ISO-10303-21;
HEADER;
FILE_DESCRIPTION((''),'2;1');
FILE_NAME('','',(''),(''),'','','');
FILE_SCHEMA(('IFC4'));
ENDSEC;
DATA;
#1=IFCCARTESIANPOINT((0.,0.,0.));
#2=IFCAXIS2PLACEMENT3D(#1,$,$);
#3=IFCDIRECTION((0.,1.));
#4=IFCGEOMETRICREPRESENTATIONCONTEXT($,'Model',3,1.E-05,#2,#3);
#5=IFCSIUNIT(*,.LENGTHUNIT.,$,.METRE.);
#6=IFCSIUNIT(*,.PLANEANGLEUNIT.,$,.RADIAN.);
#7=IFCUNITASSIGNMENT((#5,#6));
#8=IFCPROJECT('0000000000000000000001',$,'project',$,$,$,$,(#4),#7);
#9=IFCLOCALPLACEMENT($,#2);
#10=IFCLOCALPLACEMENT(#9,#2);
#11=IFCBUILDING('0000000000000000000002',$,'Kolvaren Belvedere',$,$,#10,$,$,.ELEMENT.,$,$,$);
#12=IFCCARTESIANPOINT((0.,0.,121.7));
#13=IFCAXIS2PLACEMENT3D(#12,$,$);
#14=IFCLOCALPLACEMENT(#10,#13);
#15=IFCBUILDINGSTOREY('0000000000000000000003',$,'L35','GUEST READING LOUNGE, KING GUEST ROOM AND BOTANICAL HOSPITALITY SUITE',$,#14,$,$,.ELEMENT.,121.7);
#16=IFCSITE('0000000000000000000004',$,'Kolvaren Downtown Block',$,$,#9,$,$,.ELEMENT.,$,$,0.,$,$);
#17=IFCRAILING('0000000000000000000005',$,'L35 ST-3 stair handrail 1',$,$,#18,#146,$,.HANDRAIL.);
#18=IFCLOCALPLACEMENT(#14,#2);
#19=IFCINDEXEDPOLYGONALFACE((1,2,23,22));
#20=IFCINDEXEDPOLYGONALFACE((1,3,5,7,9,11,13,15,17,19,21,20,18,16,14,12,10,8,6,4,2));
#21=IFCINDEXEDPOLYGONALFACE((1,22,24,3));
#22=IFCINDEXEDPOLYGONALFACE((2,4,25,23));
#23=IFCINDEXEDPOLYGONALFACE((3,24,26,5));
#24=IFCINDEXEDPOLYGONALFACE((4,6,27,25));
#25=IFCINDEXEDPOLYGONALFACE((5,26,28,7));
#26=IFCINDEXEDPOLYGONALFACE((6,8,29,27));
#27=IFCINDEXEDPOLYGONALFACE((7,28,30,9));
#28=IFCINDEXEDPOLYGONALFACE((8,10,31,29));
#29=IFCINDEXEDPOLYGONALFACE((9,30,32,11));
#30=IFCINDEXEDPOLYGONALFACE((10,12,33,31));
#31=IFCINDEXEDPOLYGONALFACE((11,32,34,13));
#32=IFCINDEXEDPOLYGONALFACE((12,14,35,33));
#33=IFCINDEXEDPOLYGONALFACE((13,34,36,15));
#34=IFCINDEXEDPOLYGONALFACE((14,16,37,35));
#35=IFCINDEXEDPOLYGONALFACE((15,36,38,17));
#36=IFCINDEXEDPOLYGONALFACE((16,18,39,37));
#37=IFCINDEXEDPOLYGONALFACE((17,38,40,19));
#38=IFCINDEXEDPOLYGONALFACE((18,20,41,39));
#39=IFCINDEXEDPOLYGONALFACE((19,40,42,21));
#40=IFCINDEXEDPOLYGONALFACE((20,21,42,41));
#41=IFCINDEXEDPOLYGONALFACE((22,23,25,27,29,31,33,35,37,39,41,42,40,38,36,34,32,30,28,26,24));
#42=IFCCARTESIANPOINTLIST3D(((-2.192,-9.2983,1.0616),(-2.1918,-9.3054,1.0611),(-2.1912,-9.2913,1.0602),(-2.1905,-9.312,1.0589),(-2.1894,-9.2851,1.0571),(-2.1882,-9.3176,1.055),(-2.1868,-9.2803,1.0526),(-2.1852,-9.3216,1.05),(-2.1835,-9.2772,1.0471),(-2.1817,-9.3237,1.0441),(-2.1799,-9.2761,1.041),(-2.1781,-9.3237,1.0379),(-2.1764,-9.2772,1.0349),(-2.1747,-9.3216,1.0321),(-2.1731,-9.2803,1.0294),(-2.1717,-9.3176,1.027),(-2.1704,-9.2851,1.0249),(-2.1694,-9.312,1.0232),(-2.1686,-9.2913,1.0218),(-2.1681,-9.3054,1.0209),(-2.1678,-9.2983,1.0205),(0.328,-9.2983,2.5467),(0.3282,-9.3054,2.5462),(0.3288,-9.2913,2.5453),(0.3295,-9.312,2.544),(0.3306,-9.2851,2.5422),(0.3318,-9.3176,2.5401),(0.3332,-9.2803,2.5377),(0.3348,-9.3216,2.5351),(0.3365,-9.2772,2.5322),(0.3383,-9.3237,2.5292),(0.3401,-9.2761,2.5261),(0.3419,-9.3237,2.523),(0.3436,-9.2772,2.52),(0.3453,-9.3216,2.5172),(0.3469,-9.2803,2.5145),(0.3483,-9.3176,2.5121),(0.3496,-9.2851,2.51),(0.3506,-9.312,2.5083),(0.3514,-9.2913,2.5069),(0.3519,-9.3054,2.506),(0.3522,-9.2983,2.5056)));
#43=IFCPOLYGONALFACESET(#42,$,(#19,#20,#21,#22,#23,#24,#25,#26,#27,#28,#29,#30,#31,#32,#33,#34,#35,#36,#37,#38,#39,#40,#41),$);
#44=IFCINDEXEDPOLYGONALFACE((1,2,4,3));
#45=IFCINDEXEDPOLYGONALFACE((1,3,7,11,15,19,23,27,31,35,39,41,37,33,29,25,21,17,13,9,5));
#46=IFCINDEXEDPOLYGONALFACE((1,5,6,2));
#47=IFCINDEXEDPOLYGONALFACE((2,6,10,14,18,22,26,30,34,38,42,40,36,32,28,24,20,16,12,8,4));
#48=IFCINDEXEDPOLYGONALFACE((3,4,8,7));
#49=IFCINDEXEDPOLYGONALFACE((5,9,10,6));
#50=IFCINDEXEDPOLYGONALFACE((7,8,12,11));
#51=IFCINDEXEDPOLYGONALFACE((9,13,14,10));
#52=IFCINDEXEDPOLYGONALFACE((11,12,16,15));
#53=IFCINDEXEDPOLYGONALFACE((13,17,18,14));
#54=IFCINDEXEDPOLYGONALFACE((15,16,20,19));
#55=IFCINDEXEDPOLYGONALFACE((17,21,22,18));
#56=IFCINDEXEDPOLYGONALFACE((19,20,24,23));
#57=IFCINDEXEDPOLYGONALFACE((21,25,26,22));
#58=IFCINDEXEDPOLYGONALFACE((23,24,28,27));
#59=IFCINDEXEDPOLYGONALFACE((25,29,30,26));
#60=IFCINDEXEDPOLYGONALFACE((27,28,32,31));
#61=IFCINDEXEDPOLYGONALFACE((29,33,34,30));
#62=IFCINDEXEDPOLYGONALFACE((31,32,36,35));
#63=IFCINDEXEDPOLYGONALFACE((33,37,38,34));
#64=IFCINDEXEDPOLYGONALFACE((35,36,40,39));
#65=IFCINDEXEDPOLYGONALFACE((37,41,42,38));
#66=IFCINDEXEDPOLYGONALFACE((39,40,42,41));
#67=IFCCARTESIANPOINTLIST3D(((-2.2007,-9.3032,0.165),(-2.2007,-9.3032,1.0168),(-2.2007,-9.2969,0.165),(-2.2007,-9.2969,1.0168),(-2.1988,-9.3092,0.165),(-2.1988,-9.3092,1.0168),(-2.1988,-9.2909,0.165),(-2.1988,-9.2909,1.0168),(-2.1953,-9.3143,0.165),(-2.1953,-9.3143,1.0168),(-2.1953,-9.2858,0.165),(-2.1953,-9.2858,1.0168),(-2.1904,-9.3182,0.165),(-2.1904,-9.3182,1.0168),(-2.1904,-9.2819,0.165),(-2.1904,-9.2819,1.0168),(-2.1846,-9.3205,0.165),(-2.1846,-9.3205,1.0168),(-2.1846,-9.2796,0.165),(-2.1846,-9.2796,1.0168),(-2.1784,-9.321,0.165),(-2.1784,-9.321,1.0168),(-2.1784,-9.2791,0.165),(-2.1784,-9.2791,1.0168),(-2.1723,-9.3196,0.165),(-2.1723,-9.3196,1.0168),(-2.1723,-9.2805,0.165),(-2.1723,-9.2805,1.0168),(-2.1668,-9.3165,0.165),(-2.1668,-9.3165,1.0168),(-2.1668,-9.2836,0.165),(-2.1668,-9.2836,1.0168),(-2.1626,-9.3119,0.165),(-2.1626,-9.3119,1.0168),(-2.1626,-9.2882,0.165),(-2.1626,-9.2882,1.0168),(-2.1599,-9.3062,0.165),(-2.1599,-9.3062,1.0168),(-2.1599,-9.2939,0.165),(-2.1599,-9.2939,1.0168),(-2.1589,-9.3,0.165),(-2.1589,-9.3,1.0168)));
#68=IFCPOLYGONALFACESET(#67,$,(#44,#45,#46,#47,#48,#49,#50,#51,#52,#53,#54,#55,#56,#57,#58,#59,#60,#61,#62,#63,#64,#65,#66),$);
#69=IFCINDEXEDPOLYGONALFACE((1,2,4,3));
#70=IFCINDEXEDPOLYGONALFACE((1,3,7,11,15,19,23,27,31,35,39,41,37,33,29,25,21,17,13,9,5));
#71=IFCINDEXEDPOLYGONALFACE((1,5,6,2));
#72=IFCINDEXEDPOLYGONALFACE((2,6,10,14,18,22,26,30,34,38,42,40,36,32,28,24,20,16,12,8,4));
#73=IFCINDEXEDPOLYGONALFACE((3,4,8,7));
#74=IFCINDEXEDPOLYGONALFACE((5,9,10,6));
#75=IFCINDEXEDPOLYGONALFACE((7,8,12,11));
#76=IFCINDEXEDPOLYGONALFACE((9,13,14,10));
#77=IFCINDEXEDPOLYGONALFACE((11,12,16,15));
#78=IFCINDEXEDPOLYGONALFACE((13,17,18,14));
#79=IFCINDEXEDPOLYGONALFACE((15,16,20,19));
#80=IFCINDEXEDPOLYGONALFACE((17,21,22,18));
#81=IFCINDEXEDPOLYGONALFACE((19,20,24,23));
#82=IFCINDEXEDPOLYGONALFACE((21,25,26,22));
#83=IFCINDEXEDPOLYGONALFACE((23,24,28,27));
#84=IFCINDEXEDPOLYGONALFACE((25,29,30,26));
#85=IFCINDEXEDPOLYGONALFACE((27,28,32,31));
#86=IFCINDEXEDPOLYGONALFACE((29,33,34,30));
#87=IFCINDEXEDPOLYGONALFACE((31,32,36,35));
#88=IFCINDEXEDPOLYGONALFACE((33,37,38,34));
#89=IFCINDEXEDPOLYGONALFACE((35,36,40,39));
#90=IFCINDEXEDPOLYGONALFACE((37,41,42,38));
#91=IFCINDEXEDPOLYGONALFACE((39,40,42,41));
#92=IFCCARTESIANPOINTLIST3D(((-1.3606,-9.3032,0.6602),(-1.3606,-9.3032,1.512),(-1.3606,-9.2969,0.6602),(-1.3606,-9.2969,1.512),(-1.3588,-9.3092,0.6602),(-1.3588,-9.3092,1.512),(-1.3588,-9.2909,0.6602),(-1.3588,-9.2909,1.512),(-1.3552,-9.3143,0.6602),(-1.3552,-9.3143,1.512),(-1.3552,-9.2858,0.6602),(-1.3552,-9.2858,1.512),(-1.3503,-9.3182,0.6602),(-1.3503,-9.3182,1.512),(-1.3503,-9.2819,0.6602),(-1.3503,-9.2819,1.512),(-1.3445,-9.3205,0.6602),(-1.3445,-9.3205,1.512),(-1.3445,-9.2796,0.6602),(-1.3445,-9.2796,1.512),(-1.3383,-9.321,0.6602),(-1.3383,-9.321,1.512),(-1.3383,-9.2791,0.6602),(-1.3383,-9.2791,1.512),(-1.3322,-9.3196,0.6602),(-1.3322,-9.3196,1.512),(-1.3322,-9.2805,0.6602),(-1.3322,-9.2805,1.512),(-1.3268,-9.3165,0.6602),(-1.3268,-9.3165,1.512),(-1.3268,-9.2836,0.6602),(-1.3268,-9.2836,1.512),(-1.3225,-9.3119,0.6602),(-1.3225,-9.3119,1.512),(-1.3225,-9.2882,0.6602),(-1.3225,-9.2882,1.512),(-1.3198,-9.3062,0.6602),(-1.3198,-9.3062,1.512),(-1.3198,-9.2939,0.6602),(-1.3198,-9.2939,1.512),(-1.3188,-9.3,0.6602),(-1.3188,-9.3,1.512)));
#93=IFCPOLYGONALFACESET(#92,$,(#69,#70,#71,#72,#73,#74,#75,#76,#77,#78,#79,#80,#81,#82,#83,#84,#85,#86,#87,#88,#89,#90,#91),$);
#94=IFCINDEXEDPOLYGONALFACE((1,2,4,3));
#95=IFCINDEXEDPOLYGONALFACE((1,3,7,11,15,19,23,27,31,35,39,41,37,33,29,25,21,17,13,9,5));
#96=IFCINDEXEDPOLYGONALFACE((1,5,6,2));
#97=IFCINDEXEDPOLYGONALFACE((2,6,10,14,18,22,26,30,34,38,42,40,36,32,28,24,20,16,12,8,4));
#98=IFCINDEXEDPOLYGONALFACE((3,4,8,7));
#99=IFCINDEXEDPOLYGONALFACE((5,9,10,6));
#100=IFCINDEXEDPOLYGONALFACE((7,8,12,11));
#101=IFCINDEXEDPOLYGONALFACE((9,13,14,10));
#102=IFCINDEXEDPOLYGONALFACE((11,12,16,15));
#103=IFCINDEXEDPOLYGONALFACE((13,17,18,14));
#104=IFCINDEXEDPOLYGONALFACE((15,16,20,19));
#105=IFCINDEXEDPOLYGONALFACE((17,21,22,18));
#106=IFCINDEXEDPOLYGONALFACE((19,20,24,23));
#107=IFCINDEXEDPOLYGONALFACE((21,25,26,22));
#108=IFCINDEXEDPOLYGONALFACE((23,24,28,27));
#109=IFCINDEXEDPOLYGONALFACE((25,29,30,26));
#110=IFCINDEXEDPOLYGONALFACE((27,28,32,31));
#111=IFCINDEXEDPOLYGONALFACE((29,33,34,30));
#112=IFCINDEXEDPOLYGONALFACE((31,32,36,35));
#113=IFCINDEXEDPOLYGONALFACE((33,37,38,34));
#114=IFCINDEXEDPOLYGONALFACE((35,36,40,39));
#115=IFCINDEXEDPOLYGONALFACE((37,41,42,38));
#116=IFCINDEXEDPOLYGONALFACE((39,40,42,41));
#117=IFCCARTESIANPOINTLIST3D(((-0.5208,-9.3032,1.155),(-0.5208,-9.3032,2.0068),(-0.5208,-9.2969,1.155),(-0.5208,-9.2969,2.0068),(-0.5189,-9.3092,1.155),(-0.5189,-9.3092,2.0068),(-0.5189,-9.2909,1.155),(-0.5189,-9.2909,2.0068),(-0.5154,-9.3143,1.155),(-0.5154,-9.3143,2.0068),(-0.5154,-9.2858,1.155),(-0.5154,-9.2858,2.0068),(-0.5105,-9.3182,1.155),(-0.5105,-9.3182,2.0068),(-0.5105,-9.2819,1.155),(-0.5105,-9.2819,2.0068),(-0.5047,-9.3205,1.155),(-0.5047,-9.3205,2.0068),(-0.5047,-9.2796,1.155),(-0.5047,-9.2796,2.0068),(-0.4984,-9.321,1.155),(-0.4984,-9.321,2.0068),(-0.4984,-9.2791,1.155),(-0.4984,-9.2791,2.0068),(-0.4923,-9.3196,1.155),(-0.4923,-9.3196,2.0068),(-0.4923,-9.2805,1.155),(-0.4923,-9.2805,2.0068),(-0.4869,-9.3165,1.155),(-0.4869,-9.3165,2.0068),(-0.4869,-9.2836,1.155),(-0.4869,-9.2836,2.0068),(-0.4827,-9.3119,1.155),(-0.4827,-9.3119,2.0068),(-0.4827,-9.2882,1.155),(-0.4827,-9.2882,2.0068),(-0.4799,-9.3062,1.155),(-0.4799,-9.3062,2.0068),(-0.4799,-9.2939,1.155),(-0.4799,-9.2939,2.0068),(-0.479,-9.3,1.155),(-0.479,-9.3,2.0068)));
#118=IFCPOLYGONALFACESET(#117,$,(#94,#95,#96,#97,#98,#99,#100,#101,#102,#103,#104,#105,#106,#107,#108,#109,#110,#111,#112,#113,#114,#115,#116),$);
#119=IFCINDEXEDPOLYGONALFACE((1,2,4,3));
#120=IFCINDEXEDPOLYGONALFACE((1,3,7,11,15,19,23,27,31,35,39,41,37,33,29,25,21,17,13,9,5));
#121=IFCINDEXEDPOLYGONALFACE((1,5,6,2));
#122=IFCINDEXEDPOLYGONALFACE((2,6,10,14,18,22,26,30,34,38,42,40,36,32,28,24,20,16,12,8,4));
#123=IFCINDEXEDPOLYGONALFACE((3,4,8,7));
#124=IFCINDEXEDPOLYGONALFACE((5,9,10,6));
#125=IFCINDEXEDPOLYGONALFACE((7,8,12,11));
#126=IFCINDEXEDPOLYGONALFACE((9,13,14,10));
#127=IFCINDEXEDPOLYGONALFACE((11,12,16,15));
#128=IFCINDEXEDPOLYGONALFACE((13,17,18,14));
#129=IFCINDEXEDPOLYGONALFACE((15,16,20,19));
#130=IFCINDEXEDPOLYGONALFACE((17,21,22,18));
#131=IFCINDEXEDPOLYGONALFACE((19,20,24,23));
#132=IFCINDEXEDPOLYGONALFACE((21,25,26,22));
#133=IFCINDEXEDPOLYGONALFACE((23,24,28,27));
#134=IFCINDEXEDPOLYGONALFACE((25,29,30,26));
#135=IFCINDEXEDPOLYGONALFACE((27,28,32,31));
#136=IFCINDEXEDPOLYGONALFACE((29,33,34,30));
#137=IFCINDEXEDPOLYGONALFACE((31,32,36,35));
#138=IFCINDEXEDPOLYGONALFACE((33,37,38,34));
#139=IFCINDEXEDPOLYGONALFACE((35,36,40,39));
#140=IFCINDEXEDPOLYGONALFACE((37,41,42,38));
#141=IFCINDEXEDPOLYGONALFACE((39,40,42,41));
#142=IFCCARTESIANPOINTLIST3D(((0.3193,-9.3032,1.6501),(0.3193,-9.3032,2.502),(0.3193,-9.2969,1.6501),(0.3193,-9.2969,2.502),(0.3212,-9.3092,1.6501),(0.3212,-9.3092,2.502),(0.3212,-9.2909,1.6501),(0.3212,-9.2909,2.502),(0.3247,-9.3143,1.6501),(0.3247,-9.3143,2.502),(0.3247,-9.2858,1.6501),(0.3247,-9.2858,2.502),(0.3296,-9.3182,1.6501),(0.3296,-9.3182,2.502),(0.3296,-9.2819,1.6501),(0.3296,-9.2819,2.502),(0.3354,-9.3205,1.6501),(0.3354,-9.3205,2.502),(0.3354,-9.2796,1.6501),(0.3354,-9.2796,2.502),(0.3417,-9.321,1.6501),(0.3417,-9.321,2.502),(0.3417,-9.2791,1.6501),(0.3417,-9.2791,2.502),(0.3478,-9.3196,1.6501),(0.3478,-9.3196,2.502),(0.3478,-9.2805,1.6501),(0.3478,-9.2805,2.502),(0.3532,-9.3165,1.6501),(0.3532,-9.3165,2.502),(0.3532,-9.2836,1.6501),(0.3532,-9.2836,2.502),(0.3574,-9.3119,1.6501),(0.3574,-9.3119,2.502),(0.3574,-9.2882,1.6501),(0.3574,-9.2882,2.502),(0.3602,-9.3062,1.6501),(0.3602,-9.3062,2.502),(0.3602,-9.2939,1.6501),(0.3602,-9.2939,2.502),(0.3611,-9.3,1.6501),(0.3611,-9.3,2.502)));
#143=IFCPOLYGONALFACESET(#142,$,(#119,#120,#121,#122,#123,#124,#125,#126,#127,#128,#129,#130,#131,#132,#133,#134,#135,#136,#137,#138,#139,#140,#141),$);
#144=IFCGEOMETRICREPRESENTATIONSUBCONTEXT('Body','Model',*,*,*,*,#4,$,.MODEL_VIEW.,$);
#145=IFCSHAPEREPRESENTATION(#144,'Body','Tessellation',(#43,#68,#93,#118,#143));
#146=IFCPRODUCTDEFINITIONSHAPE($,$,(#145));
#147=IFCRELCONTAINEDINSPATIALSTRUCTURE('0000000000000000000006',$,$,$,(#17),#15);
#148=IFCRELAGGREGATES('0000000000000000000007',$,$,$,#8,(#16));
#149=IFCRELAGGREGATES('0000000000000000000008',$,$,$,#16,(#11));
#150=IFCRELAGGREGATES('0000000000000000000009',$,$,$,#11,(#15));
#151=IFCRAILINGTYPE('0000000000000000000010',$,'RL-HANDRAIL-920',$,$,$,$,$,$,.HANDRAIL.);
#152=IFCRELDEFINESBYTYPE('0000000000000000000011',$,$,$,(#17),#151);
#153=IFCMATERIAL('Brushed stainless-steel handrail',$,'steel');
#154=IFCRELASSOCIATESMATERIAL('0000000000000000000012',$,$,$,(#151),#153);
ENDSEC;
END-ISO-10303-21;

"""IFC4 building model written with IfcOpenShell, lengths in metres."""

from ifc_helpers import new_model, si_unit, direction, frame, origin, origin_2d, place, context, subcontext, project, spatial, circle, extrude, material, type_object, element, save


model = new_model("IFC4")

# Units and contexts
model_context = context("Model", 3, precision=1e-05, world=origin(), true_north=direction((0.0, 1.0)))
body_context = subcontext(model_context, "Body", "Model", "MODEL_VIEW")
ifc_project = project(units=[si_unit("LENGTHUNIT", "METRE"), si_unit("PLANEANGLEUNIT", "RADIAN")], contexts=[model_context])

# Site, building, storey
site_placement = place(None, origin())
site = spatial("IfcSite", under=ifc_project, at=site_placement, Name="Kolvaren Downtown Block", CompositionType="ELEMENT", RefElevation=0.0)
building_placement = place(site_placement, origin())
building = spatial("IfcBuilding", under=site, at=building_placement, Name="Kolvaren Belvedere", CompositionType="ELEMENT")
storey_placement = place(building_placement, frame((0.0, 0.0, 121.7)))
storey = spatial("IfcBuildingStorey", under=building, at=storey_placement, Name="L35", Description="GUEST READING LOUNGE, KING GUEST ROOM AND BOTANICAL HOSPITALITY SUITE", CompositionType="ELEMENT", Elevation=121.7)

# Railing
ifc_material_1 = material(Name="Brushed stainless-steel handrail", Category="steel")
railing_type_1 = type_object("IfcRailingType", Name="RL-HANDRAIL-920", PredefinedType="HANDRAIL", material=ifc_material_1)
railing_1_placement = place(storey_placement, frame((-2.1799, -9.3, 0.165)))
element("IfcRailing", 1, at=railing_1_placement, inside=storey, type_object=railing_type_1, Name="L35 ST-3 stair handrail 1", PredefinedType="HANDRAIL", context=body_context, shape_type="SweptSolid", body=[
    extrude(circle(Radius=0.0239, at=origin_2d()), frame((0.0, 0.0, 0.876), z_axis=(0.861524, 0.0, 0.507717), x_axis=(0.0, 1.0, 0.0)), (0.0, 0.0, 1.0), 2.925),
    extrude(circle(Radius=0.021, at=origin_2d()), origin(), (0.0, 0.0, 1.0), 0.8518),
    extrude(circle(Radius=0.021, at=origin_2d()), frame((0.8401, 0.0, 0.4951)), (0.0, 0.0, 1.0), 0.8518),
    extrude(circle(Radius=0.021, at=origin_2d()), frame((1.6799, 0.0, 0.99)), (0.0, 0.0, 1.0), 0.8518),
    extrude(circle(Radius=0.021, at=origin_2d()), frame((2.52, 0.0, 1.4851)), (0.0, 0.0, 1.0), 0.8518),
])

save(model, "model.ifc")
